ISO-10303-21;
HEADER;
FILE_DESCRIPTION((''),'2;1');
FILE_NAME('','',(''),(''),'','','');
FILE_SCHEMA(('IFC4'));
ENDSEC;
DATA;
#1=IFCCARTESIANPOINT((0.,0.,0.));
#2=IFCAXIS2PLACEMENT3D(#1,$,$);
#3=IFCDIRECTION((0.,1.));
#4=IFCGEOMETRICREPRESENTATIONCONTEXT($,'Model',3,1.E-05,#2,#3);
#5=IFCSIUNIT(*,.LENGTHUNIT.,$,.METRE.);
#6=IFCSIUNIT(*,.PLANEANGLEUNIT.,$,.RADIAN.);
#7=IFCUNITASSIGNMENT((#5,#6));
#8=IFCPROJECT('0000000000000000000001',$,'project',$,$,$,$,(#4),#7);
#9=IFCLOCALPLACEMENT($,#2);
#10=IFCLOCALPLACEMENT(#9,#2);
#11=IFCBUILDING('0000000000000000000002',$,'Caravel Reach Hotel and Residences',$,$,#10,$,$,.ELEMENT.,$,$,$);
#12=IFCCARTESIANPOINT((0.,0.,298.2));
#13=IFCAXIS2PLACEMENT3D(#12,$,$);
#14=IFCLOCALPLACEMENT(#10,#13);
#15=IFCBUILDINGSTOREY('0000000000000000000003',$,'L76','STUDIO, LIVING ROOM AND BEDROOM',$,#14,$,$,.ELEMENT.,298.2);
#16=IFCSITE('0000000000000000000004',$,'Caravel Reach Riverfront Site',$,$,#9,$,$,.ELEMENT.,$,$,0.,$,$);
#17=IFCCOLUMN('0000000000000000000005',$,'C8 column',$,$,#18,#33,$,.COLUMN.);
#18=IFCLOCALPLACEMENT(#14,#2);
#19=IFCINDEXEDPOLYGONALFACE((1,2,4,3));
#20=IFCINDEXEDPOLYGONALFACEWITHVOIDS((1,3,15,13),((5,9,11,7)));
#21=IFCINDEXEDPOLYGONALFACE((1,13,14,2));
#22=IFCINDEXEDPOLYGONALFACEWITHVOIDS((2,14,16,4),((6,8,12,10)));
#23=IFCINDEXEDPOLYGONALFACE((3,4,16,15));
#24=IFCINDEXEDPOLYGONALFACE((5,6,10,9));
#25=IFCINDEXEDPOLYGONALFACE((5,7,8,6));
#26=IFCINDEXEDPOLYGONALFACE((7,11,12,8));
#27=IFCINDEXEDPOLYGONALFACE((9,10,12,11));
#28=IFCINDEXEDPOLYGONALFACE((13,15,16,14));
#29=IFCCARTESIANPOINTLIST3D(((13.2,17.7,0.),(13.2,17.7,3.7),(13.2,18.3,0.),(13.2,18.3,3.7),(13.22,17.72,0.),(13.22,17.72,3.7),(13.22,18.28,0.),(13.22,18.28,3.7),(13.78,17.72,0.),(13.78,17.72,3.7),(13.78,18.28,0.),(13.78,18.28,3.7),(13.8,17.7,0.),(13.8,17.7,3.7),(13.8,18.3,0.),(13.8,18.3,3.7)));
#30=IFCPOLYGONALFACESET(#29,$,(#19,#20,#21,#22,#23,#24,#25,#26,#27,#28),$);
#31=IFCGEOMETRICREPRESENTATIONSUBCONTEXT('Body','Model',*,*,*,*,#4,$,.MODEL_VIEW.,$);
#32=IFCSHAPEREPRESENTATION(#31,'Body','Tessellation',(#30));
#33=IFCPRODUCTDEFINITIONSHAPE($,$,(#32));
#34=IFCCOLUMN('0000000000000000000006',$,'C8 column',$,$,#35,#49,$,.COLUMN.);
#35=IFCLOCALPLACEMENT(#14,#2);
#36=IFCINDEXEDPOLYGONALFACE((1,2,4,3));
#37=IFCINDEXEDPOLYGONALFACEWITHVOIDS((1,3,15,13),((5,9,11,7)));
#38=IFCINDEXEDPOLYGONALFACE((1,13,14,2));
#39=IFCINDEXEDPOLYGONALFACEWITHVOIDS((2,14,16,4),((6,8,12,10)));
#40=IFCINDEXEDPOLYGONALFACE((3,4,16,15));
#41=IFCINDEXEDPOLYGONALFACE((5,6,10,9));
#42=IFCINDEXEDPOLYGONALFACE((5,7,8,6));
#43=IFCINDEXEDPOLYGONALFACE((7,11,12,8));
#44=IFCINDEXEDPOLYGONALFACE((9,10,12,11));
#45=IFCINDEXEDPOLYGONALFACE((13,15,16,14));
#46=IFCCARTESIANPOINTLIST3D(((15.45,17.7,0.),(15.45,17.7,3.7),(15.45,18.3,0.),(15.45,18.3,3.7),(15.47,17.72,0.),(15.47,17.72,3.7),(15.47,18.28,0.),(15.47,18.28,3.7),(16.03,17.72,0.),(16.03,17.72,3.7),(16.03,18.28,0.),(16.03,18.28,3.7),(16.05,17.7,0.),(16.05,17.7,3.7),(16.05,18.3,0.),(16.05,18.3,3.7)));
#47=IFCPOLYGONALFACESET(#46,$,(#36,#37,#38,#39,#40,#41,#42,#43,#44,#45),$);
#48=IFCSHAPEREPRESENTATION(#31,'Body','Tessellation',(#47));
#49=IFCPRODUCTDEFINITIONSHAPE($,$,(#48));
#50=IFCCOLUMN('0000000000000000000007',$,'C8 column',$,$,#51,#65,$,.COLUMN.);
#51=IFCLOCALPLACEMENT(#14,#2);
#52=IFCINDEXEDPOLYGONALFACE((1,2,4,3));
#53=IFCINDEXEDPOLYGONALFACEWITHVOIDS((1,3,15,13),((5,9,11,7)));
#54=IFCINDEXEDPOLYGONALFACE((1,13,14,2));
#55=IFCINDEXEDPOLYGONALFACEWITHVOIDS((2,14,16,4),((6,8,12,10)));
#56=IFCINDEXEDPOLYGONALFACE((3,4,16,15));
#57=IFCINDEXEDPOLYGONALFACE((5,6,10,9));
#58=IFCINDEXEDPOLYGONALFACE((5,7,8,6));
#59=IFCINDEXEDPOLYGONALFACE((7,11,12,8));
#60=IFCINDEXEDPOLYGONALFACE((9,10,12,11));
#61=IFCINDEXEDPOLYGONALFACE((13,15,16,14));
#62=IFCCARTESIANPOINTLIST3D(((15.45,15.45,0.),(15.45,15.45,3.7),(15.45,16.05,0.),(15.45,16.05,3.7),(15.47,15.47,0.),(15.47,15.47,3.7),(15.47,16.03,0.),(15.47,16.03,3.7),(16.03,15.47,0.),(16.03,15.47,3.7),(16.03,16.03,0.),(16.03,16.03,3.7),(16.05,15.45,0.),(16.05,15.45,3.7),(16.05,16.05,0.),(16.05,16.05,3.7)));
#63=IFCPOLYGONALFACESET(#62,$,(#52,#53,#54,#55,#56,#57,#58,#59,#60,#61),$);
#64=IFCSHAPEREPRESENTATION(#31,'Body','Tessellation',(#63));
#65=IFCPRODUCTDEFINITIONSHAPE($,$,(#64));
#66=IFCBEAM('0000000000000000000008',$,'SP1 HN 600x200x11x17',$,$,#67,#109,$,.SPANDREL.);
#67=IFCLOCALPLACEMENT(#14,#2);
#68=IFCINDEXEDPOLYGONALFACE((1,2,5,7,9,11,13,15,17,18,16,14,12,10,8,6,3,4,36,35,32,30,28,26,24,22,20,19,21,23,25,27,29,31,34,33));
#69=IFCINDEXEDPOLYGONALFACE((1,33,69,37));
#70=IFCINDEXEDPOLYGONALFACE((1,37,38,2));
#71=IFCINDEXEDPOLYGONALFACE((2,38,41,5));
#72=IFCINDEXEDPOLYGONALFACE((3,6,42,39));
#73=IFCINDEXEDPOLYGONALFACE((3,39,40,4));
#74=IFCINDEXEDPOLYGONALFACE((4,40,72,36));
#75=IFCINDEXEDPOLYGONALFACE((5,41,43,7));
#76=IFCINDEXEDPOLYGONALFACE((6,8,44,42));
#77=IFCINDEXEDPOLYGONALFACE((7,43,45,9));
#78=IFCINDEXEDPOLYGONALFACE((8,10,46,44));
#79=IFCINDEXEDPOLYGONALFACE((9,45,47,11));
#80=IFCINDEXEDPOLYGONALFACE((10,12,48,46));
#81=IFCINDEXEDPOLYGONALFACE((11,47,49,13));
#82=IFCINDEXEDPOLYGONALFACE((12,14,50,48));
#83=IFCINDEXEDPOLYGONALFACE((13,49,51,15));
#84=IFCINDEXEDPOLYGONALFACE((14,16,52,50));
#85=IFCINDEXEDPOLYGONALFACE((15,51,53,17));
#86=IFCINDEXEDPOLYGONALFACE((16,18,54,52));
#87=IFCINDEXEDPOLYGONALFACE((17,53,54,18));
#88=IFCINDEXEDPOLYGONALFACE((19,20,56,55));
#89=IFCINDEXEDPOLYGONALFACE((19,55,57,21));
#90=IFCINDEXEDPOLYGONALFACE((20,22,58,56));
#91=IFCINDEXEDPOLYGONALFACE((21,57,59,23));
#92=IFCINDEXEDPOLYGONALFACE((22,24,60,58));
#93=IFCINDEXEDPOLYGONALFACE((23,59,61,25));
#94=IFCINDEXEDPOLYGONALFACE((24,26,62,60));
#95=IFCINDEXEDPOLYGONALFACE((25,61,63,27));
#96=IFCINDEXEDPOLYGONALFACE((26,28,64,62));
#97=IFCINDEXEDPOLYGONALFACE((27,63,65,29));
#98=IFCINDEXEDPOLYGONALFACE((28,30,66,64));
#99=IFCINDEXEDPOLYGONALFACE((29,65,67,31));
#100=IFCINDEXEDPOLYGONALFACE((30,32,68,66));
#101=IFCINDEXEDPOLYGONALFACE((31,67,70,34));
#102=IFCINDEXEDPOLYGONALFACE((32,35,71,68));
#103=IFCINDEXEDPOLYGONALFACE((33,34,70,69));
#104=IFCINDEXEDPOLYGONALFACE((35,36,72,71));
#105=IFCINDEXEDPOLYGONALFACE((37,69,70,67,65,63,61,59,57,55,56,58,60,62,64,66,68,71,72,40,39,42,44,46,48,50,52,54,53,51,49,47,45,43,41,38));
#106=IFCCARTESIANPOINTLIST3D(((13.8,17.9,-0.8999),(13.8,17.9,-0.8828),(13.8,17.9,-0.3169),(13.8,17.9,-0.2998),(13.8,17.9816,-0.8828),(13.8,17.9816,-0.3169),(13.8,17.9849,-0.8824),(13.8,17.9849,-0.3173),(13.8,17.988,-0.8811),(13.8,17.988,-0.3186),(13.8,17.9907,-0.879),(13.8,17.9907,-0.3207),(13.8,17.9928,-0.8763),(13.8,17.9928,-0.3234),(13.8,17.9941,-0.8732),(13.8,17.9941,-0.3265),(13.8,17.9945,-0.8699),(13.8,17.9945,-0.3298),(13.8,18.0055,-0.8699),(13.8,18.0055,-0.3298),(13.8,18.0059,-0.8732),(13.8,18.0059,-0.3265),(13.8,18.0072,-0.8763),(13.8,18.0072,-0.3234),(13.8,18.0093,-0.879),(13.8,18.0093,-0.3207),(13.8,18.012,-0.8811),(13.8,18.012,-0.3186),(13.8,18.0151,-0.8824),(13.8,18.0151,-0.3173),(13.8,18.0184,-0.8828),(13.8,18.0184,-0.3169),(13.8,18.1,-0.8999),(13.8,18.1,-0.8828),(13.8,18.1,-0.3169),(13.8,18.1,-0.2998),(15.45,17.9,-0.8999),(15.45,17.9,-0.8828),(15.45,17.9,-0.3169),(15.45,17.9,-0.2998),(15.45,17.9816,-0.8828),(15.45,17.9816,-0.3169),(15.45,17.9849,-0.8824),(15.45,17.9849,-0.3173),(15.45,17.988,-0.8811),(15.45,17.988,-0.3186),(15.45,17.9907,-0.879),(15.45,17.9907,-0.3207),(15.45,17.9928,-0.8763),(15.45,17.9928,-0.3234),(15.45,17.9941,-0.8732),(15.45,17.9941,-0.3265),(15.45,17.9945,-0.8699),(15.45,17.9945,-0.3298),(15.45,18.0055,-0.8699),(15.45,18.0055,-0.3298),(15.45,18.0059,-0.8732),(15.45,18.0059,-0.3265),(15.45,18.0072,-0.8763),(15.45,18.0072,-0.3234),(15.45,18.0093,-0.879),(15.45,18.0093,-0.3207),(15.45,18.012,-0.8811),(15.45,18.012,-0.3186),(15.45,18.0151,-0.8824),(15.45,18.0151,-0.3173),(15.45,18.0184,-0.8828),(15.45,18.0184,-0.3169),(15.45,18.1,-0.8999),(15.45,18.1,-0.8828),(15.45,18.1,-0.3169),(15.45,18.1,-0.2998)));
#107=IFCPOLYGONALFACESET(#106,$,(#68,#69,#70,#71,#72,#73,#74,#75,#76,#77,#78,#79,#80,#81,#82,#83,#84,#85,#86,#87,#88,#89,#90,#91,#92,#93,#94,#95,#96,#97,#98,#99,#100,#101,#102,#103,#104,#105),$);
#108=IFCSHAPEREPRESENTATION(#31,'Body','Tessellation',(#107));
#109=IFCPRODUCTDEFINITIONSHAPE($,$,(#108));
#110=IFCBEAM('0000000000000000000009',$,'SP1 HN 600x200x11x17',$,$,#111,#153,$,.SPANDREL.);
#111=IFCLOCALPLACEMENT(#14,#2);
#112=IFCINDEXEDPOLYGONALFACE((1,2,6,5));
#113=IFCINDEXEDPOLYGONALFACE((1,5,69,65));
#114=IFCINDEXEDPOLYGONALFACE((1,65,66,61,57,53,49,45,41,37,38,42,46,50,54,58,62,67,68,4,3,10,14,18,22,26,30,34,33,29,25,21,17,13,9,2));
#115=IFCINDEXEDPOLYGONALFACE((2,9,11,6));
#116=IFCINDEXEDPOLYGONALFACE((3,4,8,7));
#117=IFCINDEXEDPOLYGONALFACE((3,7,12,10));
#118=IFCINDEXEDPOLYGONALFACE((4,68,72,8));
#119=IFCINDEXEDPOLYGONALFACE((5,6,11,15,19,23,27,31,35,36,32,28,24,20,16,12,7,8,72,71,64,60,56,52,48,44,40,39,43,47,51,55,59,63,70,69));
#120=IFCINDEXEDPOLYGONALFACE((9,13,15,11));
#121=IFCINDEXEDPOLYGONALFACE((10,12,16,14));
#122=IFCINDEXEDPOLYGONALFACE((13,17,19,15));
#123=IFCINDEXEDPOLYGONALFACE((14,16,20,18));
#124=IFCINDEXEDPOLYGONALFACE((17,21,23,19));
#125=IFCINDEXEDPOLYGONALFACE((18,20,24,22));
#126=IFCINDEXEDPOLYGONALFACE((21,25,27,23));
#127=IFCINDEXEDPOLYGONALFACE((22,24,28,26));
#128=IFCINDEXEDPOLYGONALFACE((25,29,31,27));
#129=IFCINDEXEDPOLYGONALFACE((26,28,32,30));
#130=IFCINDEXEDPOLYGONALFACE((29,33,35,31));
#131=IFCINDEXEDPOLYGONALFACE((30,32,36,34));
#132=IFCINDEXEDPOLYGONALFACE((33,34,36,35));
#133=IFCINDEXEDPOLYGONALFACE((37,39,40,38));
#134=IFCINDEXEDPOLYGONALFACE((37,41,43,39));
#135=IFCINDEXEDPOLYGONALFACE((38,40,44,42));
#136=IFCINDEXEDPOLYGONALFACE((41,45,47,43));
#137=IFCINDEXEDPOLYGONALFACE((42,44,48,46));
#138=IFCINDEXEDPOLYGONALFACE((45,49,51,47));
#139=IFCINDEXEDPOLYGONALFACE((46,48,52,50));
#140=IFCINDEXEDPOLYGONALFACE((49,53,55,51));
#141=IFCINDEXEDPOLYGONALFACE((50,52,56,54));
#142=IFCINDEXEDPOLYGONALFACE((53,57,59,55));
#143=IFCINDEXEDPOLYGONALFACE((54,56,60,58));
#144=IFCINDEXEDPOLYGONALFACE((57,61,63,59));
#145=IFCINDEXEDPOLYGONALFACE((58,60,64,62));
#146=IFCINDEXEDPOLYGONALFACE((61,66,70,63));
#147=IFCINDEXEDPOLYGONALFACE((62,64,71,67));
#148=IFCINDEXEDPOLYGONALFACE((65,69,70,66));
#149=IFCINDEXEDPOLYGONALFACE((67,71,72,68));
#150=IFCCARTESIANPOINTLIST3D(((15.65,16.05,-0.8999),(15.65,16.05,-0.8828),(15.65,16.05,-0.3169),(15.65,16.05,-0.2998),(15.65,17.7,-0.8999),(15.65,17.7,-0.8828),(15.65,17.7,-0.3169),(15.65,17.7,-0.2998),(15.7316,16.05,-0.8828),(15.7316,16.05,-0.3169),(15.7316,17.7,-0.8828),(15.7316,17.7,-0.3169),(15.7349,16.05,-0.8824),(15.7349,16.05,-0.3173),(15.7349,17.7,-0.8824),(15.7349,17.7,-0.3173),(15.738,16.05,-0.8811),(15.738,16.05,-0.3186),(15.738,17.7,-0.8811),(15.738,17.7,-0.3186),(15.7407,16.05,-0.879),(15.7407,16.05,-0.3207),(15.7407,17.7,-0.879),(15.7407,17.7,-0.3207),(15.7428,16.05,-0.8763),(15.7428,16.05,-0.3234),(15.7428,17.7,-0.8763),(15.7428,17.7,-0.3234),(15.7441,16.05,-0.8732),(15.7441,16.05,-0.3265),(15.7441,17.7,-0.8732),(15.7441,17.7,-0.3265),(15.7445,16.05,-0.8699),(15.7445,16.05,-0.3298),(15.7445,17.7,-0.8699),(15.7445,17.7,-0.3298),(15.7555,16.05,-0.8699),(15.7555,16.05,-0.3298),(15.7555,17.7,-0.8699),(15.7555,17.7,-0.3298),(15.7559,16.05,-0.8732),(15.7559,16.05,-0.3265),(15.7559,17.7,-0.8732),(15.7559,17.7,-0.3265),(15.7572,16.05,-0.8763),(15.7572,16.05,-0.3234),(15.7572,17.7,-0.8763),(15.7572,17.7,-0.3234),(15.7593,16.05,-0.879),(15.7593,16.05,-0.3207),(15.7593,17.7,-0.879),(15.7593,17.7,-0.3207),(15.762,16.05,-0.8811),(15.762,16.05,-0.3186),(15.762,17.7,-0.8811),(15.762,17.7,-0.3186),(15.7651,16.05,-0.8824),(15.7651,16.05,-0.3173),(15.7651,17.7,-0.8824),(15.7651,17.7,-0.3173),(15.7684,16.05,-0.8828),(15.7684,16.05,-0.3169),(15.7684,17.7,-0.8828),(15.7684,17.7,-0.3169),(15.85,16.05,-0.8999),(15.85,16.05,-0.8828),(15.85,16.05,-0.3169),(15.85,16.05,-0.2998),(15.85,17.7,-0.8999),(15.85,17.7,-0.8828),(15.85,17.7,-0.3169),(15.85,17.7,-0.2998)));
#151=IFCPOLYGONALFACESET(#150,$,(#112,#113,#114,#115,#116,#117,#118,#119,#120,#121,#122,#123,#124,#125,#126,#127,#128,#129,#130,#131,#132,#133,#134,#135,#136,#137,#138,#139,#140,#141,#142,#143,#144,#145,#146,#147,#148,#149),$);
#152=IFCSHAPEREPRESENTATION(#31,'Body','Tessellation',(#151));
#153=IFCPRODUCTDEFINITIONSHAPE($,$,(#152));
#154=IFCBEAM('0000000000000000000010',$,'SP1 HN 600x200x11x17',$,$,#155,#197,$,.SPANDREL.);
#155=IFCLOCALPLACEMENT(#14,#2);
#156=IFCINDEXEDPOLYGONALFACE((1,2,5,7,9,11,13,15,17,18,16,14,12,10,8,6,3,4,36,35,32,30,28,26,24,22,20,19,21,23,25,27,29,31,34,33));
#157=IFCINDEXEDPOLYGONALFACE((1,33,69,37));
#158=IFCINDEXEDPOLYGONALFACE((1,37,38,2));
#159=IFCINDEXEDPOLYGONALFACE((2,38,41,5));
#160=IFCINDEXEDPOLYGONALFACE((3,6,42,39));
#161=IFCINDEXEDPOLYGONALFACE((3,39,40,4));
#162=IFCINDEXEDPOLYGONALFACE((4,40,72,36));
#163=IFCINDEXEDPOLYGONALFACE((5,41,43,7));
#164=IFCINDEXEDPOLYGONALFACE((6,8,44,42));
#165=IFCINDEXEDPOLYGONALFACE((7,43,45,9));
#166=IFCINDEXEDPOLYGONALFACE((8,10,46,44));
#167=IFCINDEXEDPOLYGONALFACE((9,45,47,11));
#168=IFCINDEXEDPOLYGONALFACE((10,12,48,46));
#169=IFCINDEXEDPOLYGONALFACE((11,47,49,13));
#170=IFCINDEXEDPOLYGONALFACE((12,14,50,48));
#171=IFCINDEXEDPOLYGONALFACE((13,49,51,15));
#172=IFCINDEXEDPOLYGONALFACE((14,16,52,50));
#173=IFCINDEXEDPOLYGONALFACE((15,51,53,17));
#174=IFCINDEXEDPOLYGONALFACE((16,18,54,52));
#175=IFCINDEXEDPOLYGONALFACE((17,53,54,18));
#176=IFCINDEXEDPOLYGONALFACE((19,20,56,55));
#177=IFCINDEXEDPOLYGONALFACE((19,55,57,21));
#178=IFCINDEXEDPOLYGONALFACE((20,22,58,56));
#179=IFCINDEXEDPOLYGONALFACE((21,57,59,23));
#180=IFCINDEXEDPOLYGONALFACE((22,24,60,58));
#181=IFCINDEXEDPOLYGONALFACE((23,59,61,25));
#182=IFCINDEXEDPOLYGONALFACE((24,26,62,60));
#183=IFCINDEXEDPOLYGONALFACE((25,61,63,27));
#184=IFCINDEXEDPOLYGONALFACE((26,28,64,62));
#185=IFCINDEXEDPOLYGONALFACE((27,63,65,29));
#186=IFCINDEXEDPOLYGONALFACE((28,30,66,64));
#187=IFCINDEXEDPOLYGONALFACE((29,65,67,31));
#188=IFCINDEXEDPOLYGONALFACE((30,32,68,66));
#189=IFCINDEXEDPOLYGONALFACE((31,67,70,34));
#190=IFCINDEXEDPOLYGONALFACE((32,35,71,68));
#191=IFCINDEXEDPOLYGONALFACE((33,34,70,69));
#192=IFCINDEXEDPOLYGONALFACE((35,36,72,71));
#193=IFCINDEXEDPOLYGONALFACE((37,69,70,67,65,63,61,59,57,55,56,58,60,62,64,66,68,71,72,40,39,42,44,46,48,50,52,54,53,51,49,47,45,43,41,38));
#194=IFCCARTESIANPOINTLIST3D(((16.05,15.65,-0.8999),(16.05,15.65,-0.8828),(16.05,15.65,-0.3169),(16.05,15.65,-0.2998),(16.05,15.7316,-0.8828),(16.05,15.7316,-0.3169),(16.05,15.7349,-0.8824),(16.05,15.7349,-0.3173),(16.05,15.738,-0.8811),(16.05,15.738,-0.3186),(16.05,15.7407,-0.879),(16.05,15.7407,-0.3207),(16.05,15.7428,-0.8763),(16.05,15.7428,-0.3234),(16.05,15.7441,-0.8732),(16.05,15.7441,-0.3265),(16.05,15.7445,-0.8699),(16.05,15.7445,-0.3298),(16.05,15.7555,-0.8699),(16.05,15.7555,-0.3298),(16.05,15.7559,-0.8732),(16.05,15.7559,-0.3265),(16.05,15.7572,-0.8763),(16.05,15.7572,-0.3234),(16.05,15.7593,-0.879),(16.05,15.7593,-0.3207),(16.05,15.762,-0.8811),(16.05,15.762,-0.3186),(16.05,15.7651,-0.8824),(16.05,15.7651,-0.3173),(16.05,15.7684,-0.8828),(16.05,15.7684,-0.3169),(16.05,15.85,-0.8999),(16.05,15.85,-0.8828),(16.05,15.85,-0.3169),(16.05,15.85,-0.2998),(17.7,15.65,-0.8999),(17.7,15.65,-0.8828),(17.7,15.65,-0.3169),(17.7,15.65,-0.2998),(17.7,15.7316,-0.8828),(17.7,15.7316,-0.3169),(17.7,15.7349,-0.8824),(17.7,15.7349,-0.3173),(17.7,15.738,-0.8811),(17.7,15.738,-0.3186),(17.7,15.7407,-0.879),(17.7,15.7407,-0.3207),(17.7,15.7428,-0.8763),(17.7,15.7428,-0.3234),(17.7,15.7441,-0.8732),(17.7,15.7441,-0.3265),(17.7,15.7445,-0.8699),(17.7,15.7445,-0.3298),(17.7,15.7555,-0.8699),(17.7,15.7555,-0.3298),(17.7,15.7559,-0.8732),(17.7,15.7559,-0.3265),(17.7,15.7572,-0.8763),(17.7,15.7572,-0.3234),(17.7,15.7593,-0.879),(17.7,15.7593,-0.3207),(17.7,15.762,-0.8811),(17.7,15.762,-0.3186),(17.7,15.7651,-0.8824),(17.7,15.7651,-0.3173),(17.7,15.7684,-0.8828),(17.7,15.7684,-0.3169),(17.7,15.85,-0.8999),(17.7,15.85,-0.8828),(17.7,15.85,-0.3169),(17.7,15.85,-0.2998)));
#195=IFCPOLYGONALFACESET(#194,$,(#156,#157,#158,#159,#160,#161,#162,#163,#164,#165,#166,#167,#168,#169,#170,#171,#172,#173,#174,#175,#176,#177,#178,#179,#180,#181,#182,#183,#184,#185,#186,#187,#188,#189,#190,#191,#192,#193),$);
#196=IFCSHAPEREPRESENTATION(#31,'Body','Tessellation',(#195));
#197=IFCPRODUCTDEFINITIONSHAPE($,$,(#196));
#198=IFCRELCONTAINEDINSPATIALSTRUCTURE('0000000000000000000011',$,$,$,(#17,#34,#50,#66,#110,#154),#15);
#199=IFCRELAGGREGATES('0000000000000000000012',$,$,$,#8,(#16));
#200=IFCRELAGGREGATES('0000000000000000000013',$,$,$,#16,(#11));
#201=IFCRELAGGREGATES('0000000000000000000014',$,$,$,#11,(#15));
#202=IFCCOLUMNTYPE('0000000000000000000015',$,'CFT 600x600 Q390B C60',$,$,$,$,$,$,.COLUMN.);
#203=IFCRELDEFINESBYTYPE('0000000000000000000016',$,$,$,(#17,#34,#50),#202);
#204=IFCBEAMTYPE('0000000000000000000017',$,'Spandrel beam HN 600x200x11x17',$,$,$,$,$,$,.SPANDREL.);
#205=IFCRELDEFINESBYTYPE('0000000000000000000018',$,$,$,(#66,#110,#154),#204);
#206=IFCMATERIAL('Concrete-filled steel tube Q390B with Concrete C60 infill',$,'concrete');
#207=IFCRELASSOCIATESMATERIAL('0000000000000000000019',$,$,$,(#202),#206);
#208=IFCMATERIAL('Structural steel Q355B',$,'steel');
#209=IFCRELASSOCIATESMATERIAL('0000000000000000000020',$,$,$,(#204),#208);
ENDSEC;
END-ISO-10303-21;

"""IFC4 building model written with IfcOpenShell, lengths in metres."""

from ifc_helpers import new_model, si_unit, direction, frame, origin, origin_2d, place, context, subcontext, project, spatial, hollow_rectangle, i_section, extrude, material, material_profile, profile_set, type_object, element, save


model = new_model("IFC4")

# Units and contexts
model_context = context("Model", 3, precision=1e-05, world=origin(), true_north=direction((0.0, 1.0)))
body_context = subcontext(model_context, "Body", "Model", "MODEL_VIEW")
ifc_project = project(units=[si_unit("LENGTHUNIT", "METRE"), si_unit("PLANEANGLEUNIT", "RADIAN")], contexts=[model_context])

# Site, building, storey
site_placement = place(None, origin())
site = spatial("IfcSite", under=ifc_project, at=site_placement, Name="Caravel Reach Riverfront Site", CompositionType="ELEMENT", RefElevation=0.0)
building_placement = place(site_placement, origin())
building = spatial("IfcBuilding", under=site, at=building_placement, Name="Caravel Reach Hotel and Residences", CompositionType="ELEMENT")
storey_placement = place(building_placement, frame((0.0, 0.0, 298.2)))
storey = spatial("IfcBuildingStorey", under=building, at=storey_placement, Name="L76", Description="STUDIO, LIVING ROOM AND BEDROOM", CompositionType="ELEMENT", Elevation=298.2)

# Columns
ifc_material_1 = material(Name="Concrete-filled steel tube Q390B with Concrete C60 infill", Category="concrete")
ifc_material_profile_1 = material_profile(ifc_material_1, hollow_rectangle(XDim=0.6001, YDim=0.6001, WallThickness=0.02, at=origin_2d()), Name="RHS 600x600x20")
ifc_profile_set_1 = profile_set([ifc_material_profile_1], Name="Concrete-filled steel tube Q390B with Concrete C60 infill")
column_type = type_object("IfcColumnType", Name="CFT 600x600 Q390B C60", PredefinedType="COLUMN", material=ifc_profile_set_1)
for number, where, z_axis, x_axis, name in (
    (1, (13.5, 18.0, 0.0), (0.0, 0.0, 1.0), (1.0, 0.0, 0.0), "C8 column"),
    (2, (15.75, 18.0, 0.0), (0.0, 0.0, 1.0), (1.0, 0.0, 0.0), "C8 column"),
    (3, (15.75, 15.75, 0.0), (0.0, 0.0, 1.0), (1.0, 0.0, 0.0), "C8 column"),
):
    element("IfcColumn", number, at=place(storey_placement, frame(where, z_axis=z_axis, x_axis=x_axis)), inside=storey, type_object=column_type, Name=name, PredefinedType="COLUMN", context=body_context, shape_type="SweptSolid", body=[
        extrude(hollow_rectangle(XDim=0.6001, YDim=0.6001, WallThickness=0.02, at=origin_2d()), origin(), (0.0, 0.0, 1.0), 3.7),
    ])

# Beams
ifc_material_2 = material(Name="Structural steel Q355B", Category="steel")
ifc_material_profile_2 = material_profile(ifc_material_2, i_section(OverallWidth=0.2, OverallDepth=0.6001, WebThickness=0.011, FlangeThickness=0.0171, FilletRadius=0.0129, at=origin_2d()), Name="HN 600x200x11x17")
ifc_profile_set_2 = profile_set([ifc_material_profile_2], Name="Structural steel Q355B")
beam_type = type_object("IfcBeamType", Name="Spandrel beam HN 600x200x11x17", PredefinedType="SPANDREL", material=ifc_profile_set_2)
for number, where, z_axis, x_axis, name in (
    (4, (13.8, 18.0, -0.5999), (1.0, 0.0, 0.0), (0.0, 1.0, 0.0), "SP1 HN 600x200x11x17"),
    (5, (15.75, 17.7, -0.5999), (0.0, -1.0, 0.0), (1.0, 0.0, 0.0), "SP1 HN 600x200x11x17"),
    (6, (16.05, 15.75, -0.5999), (1.0, 0.0, 0.0), (0.0, 1.0, 0.0), "SP1 HN 600x200x11x17"),
):
    element("IfcBeam", number, at=place(storey_placement, frame(where, z_axis=z_axis, x_axis=x_axis)), inside=storey, type_object=beam_type, Name=name, PredefinedType="SPANDREL", context=body_context, shape_type="SweptSolid", body=[
        extrude(i_section(OverallWidth=0.2, OverallDepth=0.6001, WebThickness=0.011, FlangeThickness=0.0171, FilletRadius=0.0129, at=origin_2d()), origin(), (0.0, 0.0, 1.0), 1.6499),
    ])

save(model, "model.ifc")
